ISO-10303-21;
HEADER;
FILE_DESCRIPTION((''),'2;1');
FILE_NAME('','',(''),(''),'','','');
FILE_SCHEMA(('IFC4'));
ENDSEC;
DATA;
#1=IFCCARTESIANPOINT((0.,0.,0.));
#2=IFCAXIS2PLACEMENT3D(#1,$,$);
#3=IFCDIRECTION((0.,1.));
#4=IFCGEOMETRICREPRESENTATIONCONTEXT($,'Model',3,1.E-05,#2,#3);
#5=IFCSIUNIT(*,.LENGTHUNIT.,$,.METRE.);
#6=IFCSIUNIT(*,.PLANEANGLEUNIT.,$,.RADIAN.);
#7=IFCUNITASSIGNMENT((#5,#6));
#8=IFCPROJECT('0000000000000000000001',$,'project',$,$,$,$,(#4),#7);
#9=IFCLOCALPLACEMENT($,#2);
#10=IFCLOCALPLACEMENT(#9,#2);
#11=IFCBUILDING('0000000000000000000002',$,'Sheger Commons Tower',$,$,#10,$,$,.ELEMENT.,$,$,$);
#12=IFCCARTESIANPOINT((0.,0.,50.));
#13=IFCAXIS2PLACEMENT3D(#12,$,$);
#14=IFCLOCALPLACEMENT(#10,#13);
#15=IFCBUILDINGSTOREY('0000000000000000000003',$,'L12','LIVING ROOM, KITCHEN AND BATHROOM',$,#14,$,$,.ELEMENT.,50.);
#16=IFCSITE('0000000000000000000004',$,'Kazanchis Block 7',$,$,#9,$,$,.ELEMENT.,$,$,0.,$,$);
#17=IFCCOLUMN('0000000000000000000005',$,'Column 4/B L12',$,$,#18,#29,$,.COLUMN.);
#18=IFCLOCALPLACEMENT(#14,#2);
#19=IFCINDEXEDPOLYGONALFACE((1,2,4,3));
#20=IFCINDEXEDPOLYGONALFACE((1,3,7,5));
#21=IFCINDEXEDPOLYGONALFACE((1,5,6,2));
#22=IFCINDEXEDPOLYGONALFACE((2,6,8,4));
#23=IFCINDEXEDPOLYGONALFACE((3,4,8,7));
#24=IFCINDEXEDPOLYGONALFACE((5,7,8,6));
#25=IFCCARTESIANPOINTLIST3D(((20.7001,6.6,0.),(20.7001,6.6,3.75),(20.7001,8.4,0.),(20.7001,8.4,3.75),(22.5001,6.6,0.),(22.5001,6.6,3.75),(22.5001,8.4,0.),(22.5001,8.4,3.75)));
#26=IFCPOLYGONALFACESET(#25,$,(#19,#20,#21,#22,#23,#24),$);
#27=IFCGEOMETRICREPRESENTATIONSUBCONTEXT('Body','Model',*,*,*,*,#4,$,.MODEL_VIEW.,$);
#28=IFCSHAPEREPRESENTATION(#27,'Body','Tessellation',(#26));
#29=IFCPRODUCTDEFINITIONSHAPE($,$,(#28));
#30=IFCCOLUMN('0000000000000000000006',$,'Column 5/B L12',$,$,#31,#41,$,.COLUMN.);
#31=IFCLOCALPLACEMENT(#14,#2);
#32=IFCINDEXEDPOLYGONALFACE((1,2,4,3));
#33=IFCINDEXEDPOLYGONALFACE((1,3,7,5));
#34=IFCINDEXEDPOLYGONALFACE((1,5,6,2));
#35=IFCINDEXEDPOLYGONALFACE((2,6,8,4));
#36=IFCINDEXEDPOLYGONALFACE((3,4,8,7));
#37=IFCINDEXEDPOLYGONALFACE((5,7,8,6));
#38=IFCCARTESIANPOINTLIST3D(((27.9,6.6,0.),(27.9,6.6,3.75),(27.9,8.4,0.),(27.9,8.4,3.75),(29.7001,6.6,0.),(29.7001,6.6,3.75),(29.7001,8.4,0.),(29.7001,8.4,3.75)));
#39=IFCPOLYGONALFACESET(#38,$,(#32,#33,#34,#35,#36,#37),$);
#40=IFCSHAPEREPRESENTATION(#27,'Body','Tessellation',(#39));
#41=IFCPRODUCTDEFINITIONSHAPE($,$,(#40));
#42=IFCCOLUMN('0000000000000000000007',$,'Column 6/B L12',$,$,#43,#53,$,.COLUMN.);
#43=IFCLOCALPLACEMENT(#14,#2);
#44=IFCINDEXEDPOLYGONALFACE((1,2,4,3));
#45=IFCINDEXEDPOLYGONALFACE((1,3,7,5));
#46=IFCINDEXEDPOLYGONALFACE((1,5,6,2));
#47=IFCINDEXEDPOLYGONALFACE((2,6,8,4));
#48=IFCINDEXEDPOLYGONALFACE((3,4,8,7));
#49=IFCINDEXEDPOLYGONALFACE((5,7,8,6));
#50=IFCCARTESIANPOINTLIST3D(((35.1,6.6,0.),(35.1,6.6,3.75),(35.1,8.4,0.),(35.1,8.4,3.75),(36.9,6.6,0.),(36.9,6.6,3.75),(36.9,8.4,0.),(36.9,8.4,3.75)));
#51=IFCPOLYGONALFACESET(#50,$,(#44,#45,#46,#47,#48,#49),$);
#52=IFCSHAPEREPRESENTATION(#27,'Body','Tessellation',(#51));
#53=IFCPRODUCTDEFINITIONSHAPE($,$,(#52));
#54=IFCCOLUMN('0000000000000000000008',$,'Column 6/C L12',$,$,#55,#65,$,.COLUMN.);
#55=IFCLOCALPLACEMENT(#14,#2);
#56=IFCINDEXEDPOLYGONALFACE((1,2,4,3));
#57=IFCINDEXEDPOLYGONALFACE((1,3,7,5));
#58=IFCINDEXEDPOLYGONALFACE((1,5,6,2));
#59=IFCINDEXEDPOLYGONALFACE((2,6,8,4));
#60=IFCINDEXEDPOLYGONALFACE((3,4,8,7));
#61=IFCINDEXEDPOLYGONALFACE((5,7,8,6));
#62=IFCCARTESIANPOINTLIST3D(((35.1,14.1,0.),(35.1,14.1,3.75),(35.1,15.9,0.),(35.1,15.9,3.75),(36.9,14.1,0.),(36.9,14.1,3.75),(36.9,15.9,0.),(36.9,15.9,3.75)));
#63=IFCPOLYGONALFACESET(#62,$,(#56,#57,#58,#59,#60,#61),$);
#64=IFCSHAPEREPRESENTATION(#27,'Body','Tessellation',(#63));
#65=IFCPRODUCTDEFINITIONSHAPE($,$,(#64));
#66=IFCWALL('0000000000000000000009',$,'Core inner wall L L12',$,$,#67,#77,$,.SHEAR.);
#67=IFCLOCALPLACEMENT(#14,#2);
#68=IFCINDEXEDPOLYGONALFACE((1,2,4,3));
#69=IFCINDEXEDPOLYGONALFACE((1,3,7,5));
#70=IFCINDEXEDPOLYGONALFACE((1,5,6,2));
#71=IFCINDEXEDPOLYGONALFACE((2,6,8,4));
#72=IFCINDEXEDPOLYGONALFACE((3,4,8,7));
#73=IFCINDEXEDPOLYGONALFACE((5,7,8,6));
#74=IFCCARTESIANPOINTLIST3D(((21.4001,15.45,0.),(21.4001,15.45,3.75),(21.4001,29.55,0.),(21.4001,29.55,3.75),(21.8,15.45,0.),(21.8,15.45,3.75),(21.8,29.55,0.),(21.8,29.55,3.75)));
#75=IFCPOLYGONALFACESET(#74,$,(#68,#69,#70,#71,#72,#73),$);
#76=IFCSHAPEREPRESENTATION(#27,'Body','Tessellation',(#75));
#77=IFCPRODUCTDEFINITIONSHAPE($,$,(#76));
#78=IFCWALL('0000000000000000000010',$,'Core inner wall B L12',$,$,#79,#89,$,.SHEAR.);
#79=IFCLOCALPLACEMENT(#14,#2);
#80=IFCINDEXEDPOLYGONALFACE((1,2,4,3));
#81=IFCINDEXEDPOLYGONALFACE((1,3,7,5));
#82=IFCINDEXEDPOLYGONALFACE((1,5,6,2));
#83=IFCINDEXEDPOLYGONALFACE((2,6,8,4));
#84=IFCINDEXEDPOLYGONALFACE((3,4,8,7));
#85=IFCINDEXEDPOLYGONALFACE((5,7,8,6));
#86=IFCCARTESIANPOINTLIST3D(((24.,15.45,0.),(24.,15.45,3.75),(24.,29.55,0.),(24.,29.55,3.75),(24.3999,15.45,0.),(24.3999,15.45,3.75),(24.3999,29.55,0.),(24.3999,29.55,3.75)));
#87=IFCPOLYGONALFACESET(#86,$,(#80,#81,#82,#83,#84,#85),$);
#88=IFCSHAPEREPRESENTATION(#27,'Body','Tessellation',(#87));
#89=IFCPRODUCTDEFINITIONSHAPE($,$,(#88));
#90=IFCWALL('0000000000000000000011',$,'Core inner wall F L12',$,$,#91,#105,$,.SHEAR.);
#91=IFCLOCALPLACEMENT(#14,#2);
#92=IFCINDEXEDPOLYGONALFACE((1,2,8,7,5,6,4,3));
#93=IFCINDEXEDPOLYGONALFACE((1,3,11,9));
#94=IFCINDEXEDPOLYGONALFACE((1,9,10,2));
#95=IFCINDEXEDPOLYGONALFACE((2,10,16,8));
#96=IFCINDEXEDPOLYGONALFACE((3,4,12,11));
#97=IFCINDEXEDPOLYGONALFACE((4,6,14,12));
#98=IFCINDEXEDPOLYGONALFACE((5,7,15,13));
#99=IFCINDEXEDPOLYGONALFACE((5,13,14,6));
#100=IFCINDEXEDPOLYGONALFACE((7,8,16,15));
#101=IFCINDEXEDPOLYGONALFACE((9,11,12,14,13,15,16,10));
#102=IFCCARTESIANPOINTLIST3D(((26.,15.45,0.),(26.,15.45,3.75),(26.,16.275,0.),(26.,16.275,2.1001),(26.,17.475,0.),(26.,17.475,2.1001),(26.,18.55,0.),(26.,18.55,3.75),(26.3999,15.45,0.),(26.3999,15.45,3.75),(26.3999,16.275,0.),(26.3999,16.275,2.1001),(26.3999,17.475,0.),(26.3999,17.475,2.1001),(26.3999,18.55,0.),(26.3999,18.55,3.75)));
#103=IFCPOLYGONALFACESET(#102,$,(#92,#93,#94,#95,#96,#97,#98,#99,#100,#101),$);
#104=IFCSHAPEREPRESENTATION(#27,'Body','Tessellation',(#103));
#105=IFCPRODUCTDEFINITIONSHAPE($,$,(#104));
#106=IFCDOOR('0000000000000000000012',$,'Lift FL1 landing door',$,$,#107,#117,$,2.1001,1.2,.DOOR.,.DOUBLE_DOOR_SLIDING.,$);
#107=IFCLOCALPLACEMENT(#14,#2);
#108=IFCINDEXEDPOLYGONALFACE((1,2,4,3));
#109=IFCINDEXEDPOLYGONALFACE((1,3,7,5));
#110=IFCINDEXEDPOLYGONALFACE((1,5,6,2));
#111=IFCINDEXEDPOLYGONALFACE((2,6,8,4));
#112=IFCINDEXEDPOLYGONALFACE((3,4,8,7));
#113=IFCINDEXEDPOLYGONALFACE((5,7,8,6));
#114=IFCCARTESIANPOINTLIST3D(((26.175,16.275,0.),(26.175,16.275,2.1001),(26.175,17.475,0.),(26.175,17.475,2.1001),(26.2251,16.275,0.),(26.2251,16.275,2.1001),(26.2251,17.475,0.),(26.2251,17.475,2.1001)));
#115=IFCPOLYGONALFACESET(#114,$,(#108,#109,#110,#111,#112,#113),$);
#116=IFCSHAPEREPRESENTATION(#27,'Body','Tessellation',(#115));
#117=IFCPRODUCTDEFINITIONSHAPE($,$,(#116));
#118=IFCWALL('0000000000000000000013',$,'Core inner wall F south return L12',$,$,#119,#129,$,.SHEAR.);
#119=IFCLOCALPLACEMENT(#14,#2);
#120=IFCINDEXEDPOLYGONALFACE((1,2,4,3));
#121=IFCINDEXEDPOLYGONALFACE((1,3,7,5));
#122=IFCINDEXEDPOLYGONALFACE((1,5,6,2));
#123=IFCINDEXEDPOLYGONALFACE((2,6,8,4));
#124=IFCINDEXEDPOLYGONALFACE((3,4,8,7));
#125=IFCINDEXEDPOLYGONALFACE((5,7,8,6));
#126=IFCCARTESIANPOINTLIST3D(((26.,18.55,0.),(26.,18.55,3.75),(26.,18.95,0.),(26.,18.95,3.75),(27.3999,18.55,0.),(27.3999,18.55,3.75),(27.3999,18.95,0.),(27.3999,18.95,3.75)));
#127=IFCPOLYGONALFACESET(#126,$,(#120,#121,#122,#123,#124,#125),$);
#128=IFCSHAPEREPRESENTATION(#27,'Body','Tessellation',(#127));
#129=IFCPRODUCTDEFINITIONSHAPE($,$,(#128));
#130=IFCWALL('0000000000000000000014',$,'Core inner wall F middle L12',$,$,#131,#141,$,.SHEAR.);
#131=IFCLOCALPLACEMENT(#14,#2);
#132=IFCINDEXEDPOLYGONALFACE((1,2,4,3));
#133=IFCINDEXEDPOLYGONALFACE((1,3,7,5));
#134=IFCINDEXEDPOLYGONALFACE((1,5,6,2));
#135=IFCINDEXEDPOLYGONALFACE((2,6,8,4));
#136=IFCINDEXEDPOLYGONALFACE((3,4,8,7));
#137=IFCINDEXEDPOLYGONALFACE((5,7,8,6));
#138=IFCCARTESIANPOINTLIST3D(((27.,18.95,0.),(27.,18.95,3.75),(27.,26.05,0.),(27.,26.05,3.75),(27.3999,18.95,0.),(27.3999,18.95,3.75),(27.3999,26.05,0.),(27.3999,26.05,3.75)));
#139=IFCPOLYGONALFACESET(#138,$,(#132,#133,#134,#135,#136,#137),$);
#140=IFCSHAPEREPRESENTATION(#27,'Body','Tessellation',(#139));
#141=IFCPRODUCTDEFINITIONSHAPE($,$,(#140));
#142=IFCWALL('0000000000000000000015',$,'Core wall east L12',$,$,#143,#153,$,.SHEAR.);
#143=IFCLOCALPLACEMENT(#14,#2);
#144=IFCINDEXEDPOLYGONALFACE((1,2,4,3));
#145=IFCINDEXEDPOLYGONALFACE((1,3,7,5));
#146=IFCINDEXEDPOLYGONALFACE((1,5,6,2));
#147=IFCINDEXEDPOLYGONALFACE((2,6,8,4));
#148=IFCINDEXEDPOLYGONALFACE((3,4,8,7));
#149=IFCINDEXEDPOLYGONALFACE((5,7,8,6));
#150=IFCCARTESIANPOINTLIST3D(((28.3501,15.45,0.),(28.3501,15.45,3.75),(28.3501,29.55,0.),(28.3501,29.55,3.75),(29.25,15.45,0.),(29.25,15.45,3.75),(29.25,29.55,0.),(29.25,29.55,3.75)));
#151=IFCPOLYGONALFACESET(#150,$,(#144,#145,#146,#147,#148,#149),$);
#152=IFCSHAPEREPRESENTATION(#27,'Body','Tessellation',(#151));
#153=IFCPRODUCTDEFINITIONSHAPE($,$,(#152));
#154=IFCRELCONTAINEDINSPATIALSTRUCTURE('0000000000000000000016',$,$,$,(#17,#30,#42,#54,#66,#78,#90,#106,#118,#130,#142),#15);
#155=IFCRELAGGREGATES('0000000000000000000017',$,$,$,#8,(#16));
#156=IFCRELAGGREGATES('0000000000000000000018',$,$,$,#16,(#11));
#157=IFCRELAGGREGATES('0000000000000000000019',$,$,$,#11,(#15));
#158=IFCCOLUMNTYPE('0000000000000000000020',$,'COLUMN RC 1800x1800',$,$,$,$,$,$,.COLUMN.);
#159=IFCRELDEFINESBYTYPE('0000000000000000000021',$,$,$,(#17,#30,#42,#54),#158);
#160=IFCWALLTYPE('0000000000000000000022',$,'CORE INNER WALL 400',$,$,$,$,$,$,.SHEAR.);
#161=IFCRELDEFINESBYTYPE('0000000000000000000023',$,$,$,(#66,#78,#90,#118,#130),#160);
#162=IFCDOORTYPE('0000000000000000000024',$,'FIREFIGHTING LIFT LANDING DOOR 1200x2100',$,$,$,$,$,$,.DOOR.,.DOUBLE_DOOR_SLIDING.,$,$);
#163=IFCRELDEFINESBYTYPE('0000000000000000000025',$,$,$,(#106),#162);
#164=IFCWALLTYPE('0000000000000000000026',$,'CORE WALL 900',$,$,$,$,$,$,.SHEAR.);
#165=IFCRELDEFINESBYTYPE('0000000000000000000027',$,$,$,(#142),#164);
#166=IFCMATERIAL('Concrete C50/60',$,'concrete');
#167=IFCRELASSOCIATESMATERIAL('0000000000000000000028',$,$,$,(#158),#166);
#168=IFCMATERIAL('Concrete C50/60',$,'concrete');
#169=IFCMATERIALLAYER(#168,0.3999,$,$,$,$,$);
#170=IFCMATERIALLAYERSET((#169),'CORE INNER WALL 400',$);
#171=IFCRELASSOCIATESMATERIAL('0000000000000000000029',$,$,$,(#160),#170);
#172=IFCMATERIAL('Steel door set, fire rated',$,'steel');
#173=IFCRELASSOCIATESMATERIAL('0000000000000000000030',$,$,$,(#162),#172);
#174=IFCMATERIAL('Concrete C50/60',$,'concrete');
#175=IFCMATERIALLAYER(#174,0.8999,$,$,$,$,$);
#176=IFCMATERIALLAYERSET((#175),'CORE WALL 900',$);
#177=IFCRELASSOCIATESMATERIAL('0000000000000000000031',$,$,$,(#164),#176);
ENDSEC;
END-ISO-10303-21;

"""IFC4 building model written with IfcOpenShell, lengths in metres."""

from ifc_helpers import new_model, si_unit, direction, frame, frame_2d, origin, origin_2d, place, context, subcontext, project, spatial, rectangle, extrude, material, layer, layer_set, material_profile, profile_set, type_object, element, fill, save


model = new_model("IFC4")

# Units and contexts
model_context = context("Model", 3, precision=1e-05, world=origin(), true_north=direction((0.0, 1.0)))
body_context = subcontext(model_context, "Body", "Model", "MODEL_VIEW")
ifc_project = project(units=[si_unit("LENGTHUNIT", "METRE"), si_unit("PLANEANGLEUNIT", "RADIAN")], contexts=[model_context])

# Site, building, storey
site_placement = place(None, origin())
site = spatial("IfcSite", under=ifc_project, at=site_placement, Name="Kazanchis Block 7", CompositionType="ELEMENT", RefElevation=0.0)
building_placement = place(site_placement, origin())
building = spatial("IfcBuilding", under=site, at=building_placement, Name="Sheger Commons Tower", CompositionType="ELEMENT")
storey_placement = place(building_placement, frame((0.0, 0.0, 50.0)))
storey = spatial("IfcBuildingStorey", under=building, at=storey_placement, Name="L12", Description="LIVING ROOM, KITCHEN AND BATHROOM", CompositionType="ELEMENT", Elevation=50.0)

# Columns
ifc_material_1 = material(Name="Concrete C50/60", Category="concrete")
ifc_material_profile = material_profile(ifc_material_1, rectangle(XDim=1.8, YDim=1.8, at=origin_2d()), Name="RC 1800x1800")
ifc_profile_set = profile_set([ifc_material_profile], Name="Concrete C50/60")
column_type = type_object("IfcColumnType", Name="COLUMN RC 1800x1800", PredefinedType="COLUMN", material=ifc_profile_set)
for number, where, z_axis, x_axis, name in (
    (1, (21.6001, 7.5, 0.0), (0.0, 0.0, 1.0), (1.0, 0.0, 0.0), "Column 4/B L12"),
    (2, (28.8, 7.5, 0.0), (0.0, 0.0, 1.0), (1.0, 0.0, 0.0), "Column 5/B L12"),
    (3, (36.0, 7.5, 0.0), (0.0, 0.0, 1.0), (1.0, 0.0, 0.0), "Column 6/B L12"),
    (4, (36.0, 15.0, 0.0), (0.0, 0.0, 1.0), (1.0, 0.0, 0.0), "Column 6/C L12"),
):
    element("IfcColumn", number, at=place(storey_placement, frame(where, z_axis=z_axis, x_axis=x_axis)), inside=storey, type_object=column_type, Name=name, PredefinedType="COLUMN", context=body_context, shape_type="SweptSolid", body=[
        extrude(rectangle(XDim=1.8, YDim=1.8, at=origin_2d()), origin(), (0.0, 0.0, 1.0), 3.75),
    ])

# Walls
ifc_material_2 = material(Name="Concrete C50/60", Category="concrete")
ifc_layer_1 = layer(ifc_material_2, 0.3999)
ifc_layer_set_1 = layer_set([ifc_layer_1], Name="CORE INNER WALL 400")
wall_type_1 = type_object("IfcWallType", Name="CORE INNER WALL 400", PredefinedType="SHEAR", material=ifc_layer_set_1)
for number, where, z_axis, x_axis, name in (
    (5, (21.6001, 15.45, 0.0), (0.0, 0.0, 1.0), (0.0, 1.0, 0.0), "Core inner wall L L12"),
    (6, (24.2, 15.45, 0.0), (0.0, 0.0, 1.0), (0.0, 1.0, 0.0), "Core inner wall B L12"),
):
    element("IfcWall", number, at=place(storey_placement, frame(where, z_axis=z_axis, x_axis=x_axis)), inside=storey, type_object=wall_type_1, Name=name, PredefinedType="SHEAR", context=body_context, shape_type="SweptSolid", body=[
        extrude(rectangle(XDim=14.1001, YDim=0.3999, at=frame_2d((7.05, 0.0))), origin(), (0.0, 0.0, 1.0), 3.75),
    ])

# Wall, opening, door
wall_1_placement = place(storey_placement, frame((26.2, 15.45, 0.0), z_axis=(0.0, 0.0, 1.0), x_axis=(0.0, 1.0, 0.0)))
wall_1 = element("IfcWall", 7, at=wall_1_placement, inside=storey, type_object=wall_type_1, Name="Core inner wall F L12", PredefinedType="SHEAR", context=body_context, shape_type="SweptSolid", body=[
    extrude(rectangle(XDim=3.1001, YDim=0.3999, at=frame_2d((1.55, 0.0))), origin(), (0.0, 0.0, 1.0), 3.75),
])
opening_1_placement = place(wall_1_placement, frame((0.825, 0.0, 0.0)))
opening_1 = element("IfcOpeningElement", 8, at=opening_1_placement, cuts=wall_1, PredefinedType="OPENING", context=body_context, shape_type="SweptSolid", body=[
    extrude(rectangle(XDim=1.2, YDim=2.1001, at=frame_2d((0.6001, 1.05))), frame((0.0, 0.21, 0.0), z_axis=(0.0, -1.0, 0.0), x_axis=(1.0, 0.0, 0.0)), (0.0, 0.0, 1.0), 0.4199),
])
ifc_material_3 = material(Name="Steel door set, fire rated", Category="steel")
door_type_1 = type_object("IfcDoorType", Name="FIREFIGHTING LIFT LANDING DOOR 1200x2100", OperationType="DOUBLE_DOOR_SLIDING", PredefinedType="DOOR", material=ifc_material_3)
door_1_placement = place(opening_1_placement, origin())
door_1 = element("IfcDoor", 9, at=door_1_placement, inside=storey, type_object=door_type_1, Name="Lift FL1 landing door", OperationType="DOUBLE_DOOR_SLIDING", OverallHeight=2.1001, OverallWidth=1.2, PredefinedType="DOOR", context=body_context, shape_type="SweptSolid", body=[
    extrude(rectangle(XDim=1.2, YDim=2.1001, at=frame_2d((0.6001, 1.05))), frame((0.0, 0.0249, 0.0), z_axis=(0.0, -1.0, 0.0), x_axis=(1.0, 0.0, 0.0)), (0.0, 0.0, 1.0), 0.05),
])
fill(opening_1, door_1)

# Walls
wall_2_placement = place(storey_placement, frame((26.0, 18.75, 0.0), z_axis=(0.0, 0.0, 1.0), x_axis=(1.0, 0.0, 0.0)))
element("IfcWall", 10, at=wall_2_placement, inside=storey, type_object=wall_type_1, Name="Core inner wall F south return L12", PredefinedType="SHEAR", context=body_context, shape_type="SweptSolid", body=[
    extrude(rectangle(XDim=1.3999, YDim=0.3999, at=frame_2d((0.7, 0.0))), origin(), (0.0, 0.0, 1.0), 3.75),
])
wall_3_placement = place(storey_placement, frame((27.2, 18.95, 0.0), z_axis=(0.0, 0.0, 1.0), x_axis=(0.0, 1.0, 0.0)))
element("IfcWall", 11, at=wall_3_placement, inside=storey, type_object=wall_type_1, Name="Core inner wall F middle L12", PredefinedType="SHEAR", context=body_context, shape_type="SweptSolid", body=[
    extrude(rectangle(XDim=7.1001, YDim=0.3999, at=frame_2d((3.55, 0.0))), origin(), (0.0, 0.0, 1.0), 3.75),
])
ifc_material_4 = material(Name="Concrete C50/60", Category="concrete")
ifc_layer_2 = layer(ifc_material_4, 0.8999)
ifc_layer_set_2 = layer_set([ifc_layer_2], Name="CORE WALL 900")
wall_type_2 = type_object("IfcWallType", Name="CORE WALL 900", PredefinedType="SHEAR", material=ifc_layer_set_2)
wall_4_placement = place(storey_placement, frame((28.8, 15.45, 0.0), z_axis=(0.0, 0.0, 1.0), x_axis=(0.0, 1.0, 0.0)))
element("IfcWall", 12, at=wall_4_placement, inside=storey, type_object=wall_type_2, Name="Core wall east L12", PredefinedType="SHEAR", context=body_context, shape_type="SweptSolid", body=[
    extrude(rectangle(XDim=14.1001, YDim=0.8999, at=frame_2d((7.05, 0.0))), origin(), (0.0, 0.0, 1.0), 3.75),
])

save(model, "model.ifc")
